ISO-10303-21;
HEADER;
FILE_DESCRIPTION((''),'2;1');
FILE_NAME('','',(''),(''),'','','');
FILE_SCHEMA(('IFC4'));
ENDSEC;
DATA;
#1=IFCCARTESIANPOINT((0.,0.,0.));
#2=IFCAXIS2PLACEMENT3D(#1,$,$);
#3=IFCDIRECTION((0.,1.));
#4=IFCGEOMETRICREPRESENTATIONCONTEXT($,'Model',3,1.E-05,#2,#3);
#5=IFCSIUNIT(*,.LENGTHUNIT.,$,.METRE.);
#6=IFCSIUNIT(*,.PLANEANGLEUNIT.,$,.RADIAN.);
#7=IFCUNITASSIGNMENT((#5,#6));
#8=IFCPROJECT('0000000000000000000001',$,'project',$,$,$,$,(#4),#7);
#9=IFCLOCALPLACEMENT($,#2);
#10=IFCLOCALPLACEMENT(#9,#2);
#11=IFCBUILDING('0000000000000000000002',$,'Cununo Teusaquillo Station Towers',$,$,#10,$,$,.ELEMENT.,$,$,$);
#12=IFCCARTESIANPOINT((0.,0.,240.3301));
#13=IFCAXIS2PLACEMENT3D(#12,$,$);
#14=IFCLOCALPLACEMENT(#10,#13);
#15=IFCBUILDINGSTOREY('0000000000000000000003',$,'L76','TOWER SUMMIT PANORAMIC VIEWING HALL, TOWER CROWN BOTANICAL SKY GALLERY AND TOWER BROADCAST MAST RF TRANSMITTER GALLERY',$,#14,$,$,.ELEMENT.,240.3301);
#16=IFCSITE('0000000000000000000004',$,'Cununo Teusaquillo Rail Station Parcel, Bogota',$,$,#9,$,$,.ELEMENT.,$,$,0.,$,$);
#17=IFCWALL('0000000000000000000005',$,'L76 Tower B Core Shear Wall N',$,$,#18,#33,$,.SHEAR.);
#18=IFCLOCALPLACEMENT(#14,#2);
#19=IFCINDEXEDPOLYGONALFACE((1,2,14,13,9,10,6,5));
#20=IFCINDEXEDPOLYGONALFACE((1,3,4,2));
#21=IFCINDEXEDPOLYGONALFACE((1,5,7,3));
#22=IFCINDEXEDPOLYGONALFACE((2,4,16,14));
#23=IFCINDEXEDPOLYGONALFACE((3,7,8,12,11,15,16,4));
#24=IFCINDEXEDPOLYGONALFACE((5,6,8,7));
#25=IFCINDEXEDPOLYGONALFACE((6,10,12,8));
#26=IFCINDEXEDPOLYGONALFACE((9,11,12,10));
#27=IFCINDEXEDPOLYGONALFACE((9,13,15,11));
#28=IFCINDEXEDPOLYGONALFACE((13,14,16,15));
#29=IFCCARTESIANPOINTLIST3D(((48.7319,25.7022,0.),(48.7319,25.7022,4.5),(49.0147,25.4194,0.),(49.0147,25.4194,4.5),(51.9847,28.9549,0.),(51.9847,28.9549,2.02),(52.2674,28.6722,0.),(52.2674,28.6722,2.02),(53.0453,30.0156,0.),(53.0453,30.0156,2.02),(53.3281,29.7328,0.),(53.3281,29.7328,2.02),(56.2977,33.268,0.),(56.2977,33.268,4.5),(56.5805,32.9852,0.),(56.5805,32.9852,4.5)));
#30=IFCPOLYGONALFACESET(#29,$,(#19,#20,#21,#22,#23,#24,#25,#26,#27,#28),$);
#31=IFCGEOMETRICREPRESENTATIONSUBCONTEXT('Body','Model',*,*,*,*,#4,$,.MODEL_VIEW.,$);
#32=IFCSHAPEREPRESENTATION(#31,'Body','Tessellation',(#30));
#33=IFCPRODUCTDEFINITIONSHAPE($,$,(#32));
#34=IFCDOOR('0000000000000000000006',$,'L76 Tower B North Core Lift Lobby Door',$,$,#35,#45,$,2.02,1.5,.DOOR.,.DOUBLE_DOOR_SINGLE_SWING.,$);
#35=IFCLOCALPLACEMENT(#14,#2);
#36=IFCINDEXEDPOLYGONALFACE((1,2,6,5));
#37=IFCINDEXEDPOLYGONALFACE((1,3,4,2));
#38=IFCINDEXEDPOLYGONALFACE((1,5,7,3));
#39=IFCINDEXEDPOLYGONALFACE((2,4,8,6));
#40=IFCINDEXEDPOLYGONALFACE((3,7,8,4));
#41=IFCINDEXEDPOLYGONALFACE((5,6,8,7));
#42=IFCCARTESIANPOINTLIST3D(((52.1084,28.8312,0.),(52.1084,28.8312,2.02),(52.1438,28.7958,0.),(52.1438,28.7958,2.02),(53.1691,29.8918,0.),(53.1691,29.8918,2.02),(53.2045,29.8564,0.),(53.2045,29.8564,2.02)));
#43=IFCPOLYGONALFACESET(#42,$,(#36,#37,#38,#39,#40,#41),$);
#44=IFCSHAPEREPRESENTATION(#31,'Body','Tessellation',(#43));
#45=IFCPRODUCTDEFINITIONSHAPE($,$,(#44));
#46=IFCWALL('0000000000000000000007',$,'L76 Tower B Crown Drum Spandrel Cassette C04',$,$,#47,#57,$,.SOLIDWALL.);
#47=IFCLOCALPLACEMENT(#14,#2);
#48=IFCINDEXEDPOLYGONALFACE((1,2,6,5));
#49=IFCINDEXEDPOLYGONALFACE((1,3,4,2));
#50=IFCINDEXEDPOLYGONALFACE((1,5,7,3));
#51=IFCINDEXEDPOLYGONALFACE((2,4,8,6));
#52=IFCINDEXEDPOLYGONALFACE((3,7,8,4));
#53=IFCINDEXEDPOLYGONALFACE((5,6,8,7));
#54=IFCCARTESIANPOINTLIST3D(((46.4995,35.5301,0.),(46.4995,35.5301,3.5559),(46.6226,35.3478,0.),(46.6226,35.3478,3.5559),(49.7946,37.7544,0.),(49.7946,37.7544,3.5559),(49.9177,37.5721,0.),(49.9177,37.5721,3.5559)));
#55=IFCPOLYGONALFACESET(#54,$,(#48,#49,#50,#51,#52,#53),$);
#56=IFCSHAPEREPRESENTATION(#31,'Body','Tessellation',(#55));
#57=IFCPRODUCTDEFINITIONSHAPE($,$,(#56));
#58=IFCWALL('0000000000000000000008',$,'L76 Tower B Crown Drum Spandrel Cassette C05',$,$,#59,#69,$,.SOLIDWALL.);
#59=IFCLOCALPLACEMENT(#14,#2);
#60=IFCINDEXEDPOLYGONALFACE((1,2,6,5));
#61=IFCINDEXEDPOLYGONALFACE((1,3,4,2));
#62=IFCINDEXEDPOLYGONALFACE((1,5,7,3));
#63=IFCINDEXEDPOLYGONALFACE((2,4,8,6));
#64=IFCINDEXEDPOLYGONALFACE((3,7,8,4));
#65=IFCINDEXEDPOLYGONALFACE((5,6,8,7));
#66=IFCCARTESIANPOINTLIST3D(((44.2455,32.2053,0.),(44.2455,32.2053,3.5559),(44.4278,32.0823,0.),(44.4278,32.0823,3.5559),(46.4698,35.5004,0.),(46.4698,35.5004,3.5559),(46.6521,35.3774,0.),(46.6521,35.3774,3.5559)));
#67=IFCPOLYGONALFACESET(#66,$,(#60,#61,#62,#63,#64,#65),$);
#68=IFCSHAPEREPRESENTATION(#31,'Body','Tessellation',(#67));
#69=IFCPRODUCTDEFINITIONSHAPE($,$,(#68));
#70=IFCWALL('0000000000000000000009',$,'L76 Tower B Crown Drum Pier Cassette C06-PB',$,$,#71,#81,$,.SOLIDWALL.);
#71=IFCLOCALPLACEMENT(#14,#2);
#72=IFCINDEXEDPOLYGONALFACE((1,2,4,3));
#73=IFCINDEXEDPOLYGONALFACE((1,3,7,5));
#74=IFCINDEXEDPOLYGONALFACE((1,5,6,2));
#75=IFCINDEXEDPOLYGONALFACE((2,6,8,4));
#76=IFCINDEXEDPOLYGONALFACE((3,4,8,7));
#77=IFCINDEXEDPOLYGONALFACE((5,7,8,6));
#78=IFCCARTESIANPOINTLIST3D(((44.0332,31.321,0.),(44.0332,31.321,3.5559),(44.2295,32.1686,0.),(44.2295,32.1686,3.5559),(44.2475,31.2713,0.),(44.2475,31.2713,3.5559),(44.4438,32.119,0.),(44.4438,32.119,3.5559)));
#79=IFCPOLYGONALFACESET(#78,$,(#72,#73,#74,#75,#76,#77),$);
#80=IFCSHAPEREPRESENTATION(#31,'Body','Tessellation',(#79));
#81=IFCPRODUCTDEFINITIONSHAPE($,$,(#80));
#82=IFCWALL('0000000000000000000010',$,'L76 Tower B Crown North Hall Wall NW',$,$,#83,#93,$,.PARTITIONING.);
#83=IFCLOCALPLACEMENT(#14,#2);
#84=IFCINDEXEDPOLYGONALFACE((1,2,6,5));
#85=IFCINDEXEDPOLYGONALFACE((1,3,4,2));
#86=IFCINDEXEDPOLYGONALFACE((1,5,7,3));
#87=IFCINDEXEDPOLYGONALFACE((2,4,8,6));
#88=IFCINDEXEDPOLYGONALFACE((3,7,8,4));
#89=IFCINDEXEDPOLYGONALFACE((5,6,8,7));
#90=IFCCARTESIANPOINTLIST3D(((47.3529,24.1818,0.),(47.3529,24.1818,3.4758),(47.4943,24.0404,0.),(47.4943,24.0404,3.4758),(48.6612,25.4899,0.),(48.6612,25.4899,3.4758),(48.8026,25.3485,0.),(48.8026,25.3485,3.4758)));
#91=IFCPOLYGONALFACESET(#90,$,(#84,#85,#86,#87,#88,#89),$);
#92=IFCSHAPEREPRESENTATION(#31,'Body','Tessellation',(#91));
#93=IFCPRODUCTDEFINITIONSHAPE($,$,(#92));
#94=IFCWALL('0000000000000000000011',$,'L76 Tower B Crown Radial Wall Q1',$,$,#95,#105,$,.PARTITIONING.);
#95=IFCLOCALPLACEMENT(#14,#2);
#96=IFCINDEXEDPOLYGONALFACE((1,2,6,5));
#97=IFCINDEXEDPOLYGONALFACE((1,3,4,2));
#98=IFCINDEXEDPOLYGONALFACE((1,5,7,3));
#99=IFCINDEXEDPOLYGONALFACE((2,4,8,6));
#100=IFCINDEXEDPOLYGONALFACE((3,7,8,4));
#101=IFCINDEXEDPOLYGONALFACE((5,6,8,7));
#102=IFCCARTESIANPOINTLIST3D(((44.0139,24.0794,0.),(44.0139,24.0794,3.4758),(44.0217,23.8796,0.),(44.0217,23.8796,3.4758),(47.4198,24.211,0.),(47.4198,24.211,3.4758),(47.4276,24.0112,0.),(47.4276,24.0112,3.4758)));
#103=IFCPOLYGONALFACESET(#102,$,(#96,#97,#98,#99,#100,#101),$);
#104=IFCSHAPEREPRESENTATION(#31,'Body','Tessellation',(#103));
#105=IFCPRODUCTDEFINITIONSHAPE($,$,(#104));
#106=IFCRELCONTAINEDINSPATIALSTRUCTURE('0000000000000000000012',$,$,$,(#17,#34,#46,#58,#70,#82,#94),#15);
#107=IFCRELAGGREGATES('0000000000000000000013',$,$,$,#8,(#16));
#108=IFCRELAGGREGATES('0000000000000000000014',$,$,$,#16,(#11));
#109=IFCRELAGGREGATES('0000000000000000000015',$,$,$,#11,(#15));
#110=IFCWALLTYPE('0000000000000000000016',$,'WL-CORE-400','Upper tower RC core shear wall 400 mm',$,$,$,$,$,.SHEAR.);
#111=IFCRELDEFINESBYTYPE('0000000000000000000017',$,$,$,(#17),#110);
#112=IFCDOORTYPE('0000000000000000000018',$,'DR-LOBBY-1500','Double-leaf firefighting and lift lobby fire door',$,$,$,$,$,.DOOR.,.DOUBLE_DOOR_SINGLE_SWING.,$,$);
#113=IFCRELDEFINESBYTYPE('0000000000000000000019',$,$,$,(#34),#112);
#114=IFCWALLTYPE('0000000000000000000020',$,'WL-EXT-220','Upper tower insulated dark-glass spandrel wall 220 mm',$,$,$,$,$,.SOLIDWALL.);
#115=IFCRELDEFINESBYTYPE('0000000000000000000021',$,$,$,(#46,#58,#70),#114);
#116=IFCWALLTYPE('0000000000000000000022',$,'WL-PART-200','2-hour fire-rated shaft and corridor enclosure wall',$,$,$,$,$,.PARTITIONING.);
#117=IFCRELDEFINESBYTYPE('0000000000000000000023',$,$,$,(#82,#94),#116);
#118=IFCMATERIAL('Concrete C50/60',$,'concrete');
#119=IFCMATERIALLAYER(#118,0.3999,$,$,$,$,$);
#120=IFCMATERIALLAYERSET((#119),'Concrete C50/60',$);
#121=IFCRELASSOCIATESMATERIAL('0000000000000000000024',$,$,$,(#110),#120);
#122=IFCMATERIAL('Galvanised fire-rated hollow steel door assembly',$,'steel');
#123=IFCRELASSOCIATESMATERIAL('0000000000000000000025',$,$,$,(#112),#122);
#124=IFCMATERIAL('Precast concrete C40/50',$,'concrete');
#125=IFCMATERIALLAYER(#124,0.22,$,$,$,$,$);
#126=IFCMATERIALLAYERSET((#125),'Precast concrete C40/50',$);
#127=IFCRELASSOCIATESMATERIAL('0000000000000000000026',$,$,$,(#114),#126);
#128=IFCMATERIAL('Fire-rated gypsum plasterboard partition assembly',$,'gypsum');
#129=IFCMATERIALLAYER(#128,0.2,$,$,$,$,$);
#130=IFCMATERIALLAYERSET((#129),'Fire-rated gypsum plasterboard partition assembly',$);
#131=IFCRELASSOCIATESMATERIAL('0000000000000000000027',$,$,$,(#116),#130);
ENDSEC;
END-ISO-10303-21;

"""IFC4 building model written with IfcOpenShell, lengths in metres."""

from ifc_helpers import new_model, si_unit, direction, frame, frame_2d, origin, place, context, subcontext, project, spatial, rectangle, extrude, source, transform, mapped, material, layer, layer_set, type_object, element, fill, save


model = new_model("IFC4")

# Units and contexts
model_context = context("Model", 3, precision=1e-05, world=origin(), true_north=direction((0.0, 1.0)))
body_context = subcontext(model_context, "Body", "Model", "MODEL_VIEW")
ifc_project = project(units=[si_unit("LENGTHUNIT", "METRE"), si_unit("PLANEANGLEUNIT", "RADIAN")], contexts=[model_context])

# Site, building, storey
site_placement = place(None, origin())
site = spatial("IfcSite", under=ifc_project, at=site_placement, Name="Cununo Teusaquillo Rail Station Parcel, Bogota", CompositionType="ELEMENT", RefElevation=0.0)
building_placement = place(site_placement, origin())
building = spatial("IfcBuilding", under=site, at=building_placement, Name="Cununo Teusaquillo Station Towers", CompositionType="ELEMENT")
storey_placement = place(building_placement, frame((0.0, 0.0, 240.3301)))
storey = spatial("IfcBuildingStorey", under=building, at=storey_placement, Name="L76", Description="TOWER SUMMIT PANORAMIC VIEWING HALL, TOWER CROWN BOTANICAL SKY GALLERY AND TOWER BROADCAST MAST RF TRANSMITTER GALLERY", CompositionType="ELEMENT", Elevation=240.3301)

# Wall, opening, door
ifc_material_1 = material(Name="Concrete C50/60", Category="concrete")
ifc_layer_1 = layer(ifc_material_1, 0.3999)
ifc_layer_set_1 = layer_set([ifc_layer_1], Name="Concrete C50/60")
wall_type_1 = type_object("IfcWallType", Name="WL-CORE-400", Description="Upper tower RC core shear wall 400 mm", PredefinedType="SHEAR", material=ifc_layer_set_1)
wall_1_placement = place(storey_placement, frame((48.8733, 25.5608, 0.0), z_axis=(0.0, 0.0, 1.0), x_axis=(0.707107, 0.707107, 0.0)))
wall_1 = element("IfcWall", 1, at=wall_1_placement, inside=storey, type_object=wall_type_1, Name="L76 Tower B Core Shear Wall N", PredefinedType="SHEAR", context=body_context, shape_type="SweptSolid", body=[
    extrude(rectangle(XDim=10.6997, YDim=0.3999, at=frame_2d((5.3499, 0.0))), origin(), (0.0, 0.0, 1.0), 4.5),
])
shared_shape_1 = source(origin(), body_context, "Body", "SweptSolid", [
    extrude(rectangle(XDim=1.5, YDim=2.02, at=frame_2d((0.75, 1.01))), frame((0.0, 0.21, 0.0), z_axis=(0.0, -1.0, 0.0), x_axis=(1.0, 0.0, 0.0)), (0.0, 0.0, 1.0), 0.4199),
])
opening_placement = place(wall_1_placement, frame((4.6001, 0.0, 0.0)))
opening = element("IfcOpeningElement", 2, at=opening_placement, cuts=wall_1, PredefinedType="OPENING", context=body_context, shape_type="MappedRepresentation", body=[
    mapped(shared_shape_1, transform((0.0, 0.0, 0.0), x_axis=(1.0, 0.0, 0.0), y_axis=(0.0, 1.0, 0.0), z_axis=(0.0, 0.0, 1.0), scale=1.0)),
])
ifc_material_2 = material(Name="Galvanised fire-rated hollow steel door assembly", Category="steel")
door_type = type_object("IfcDoorType", Name="DR-LOBBY-1500", Description="Double-leaf firefighting and lift lobby fire door", OperationType="DOUBLE_DOOR_SINGLE_SWING", PredefinedType="DOOR", material=ifc_material_2)
shared_shape_2 = source(origin(), body_context, "Body", "SweptSolid", [
    extrude(rectangle(XDim=1.5, YDim=2.02, at=frame_2d((0.75, 1.01))), frame((0.0, 0.0249, 0.0), z_axis=(0.0, -1.0, 0.0), x_axis=(1.0, 0.0, 0.0)), (0.0, 0.0, 1.0), 0.05),
])
door_placement = place(opening_placement, origin())
door = element("IfcDoor", 3, at=door_placement, inside=storey, type_object=door_type, Name="L76 Tower B North Core Lift Lobby Door", OperationType="DOUBLE_DOOR_SINGLE_SWING", OverallHeight=2.02, OverallWidth=1.5, PredefinedType="DOOR", context=body_context, shape_type="MappedRepresentation", body=[
    mapped(shared_shape_2, transform((0.0, 0.0, 0.0), x_axis=(1.0, 0.0, 0.0), y_axis=(0.0, 1.0, 0.0), z_axis=(0.0, 0.0, 1.0), scale=1.0)),
])
fill(opening, door)

# Walls
ifc_material_3 = material(Name="Precast concrete C40/50", Category="concrete")
ifc_layer_2 = layer(ifc_material_3, 0.22)
ifc_layer_set_2 = layer_set([ifc_layer_2], Name="Precast concrete C40/50")
wall_type_2 = type_object("IfcWallType", Name="WL-EXT-220", Description="Upper tower insulated dark-glass spandrel wall 220 mm", PredefinedType="SOLIDWALL", material=ifc_layer_set_2)
for number, where, z_axis, x_axis, name in (
    (4, (46.561, 35.439, 0.0), (0.0, 0.0, 1.0), (0.828834, 0.559495, 0.0), "L76 Tower B Crown Drum Spandrel Cassette C04"),
    (5, (44.3367, 32.1438, 0.0), (0.0, 0.0, 1.0), (0.559495, 0.828834, 0.0), "L76 Tower B Crown Drum Spandrel Cassette C05"),
):
    element("IfcWall", number, at=place(storey_placement, frame(where, z_axis=z_axis, x_axis=x_axis)), inside=storey, type_object=wall_type_2, Name=name, PredefinedType="SOLIDWALL", context=body_context, shape_type="SweptSolid", body=[
        extrude(rectangle(XDim=3.9756, YDim=0.22, at=frame_2d((1.9878, 0.0))), origin(), (0.0, 0.0, 1.0), 3.5559),
    ])
wall_2_placement = place(storey_placement, frame((44.1404, 31.2961, 0.0), z_axis=(0.0, 0.0, 1.0), x_axis=(0.225597, 0.974221, 0.0)))
element("IfcWall", 6, at=wall_2_placement, inside=storey, type_object=wall_type_2, Name="L76 Tower B Crown Drum Pier Cassette C06-PB", PredefinedType="SOLIDWALL", context=body_context, shape_type="SweptSolid", body=[
    extrude(rectangle(XDim=0.8701, YDim=0.22, at=frame_2d((0.4351, 0.0))), origin(), (0.0, 0.0, 1.0), 3.5559),
])
ifc_material_4 = material(Name="Fire-rated gypsum plasterboard partition assembly", Category="gypsum")
ifc_layer_3 = layer(ifc_material_4, 0.2)
ifc_layer_set_3 = layer_set([ifc_layer_3], Name="Fire-rated gypsum plasterboard partition assembly")
wall_type_3 = type_object("IfcWallType", Name="WL-PART-200", Description="2-hour fire-rated shaft and corridor enclosure wall", PredefinedType="PARTITIONING", material=ifc_layer_set_3)
wall_3_placement = place(storey_placement, frame((47.4236, 24.1111, 0.0), z_axis=(0.0, 0.0, 1.0), x_axis=(0.707173, 0.707041, 0.0)))
element("IfcWall", 7, at=wall_3_placement, inside=storey, type_object=wall_type_3, Name="L76 Tower B Crown North Hall Wall NW", PredefinedType="PARTITIONING", context=body_context, shape_type="SweptSolid", body=[
    extrude(rectangle(XDim=1.8501, YDim=0.2, at=frame_2d((0.925, 0.0))), origin(), (0.0, 0.0, 1.0), 3.4758),
])
wall_4_placement = place(storey_placement, frame((47.4236, 24.1111, 0.0), z_axis=(0.0, 0.0, 1.0), x_axis=(-0.999254, -0.038606, 0.0)))
element("IfcWall", 8, at=wall_4_placement, inside=storey, type_object=wall_type_3, Name="L76 Tower B Crown Radial Wall Q1", PredefinedType="PARTITIONING", context=body_context, shape_type="SweptSolid", body=[
    extrude(rectangle(XDim=3.4084, YDim=0.2, at=frame_2d((1.7041, 0.0))), origin(), (0.0, 0.0, 1.0), 3.4758),
])

save(model, "model.ifc")
